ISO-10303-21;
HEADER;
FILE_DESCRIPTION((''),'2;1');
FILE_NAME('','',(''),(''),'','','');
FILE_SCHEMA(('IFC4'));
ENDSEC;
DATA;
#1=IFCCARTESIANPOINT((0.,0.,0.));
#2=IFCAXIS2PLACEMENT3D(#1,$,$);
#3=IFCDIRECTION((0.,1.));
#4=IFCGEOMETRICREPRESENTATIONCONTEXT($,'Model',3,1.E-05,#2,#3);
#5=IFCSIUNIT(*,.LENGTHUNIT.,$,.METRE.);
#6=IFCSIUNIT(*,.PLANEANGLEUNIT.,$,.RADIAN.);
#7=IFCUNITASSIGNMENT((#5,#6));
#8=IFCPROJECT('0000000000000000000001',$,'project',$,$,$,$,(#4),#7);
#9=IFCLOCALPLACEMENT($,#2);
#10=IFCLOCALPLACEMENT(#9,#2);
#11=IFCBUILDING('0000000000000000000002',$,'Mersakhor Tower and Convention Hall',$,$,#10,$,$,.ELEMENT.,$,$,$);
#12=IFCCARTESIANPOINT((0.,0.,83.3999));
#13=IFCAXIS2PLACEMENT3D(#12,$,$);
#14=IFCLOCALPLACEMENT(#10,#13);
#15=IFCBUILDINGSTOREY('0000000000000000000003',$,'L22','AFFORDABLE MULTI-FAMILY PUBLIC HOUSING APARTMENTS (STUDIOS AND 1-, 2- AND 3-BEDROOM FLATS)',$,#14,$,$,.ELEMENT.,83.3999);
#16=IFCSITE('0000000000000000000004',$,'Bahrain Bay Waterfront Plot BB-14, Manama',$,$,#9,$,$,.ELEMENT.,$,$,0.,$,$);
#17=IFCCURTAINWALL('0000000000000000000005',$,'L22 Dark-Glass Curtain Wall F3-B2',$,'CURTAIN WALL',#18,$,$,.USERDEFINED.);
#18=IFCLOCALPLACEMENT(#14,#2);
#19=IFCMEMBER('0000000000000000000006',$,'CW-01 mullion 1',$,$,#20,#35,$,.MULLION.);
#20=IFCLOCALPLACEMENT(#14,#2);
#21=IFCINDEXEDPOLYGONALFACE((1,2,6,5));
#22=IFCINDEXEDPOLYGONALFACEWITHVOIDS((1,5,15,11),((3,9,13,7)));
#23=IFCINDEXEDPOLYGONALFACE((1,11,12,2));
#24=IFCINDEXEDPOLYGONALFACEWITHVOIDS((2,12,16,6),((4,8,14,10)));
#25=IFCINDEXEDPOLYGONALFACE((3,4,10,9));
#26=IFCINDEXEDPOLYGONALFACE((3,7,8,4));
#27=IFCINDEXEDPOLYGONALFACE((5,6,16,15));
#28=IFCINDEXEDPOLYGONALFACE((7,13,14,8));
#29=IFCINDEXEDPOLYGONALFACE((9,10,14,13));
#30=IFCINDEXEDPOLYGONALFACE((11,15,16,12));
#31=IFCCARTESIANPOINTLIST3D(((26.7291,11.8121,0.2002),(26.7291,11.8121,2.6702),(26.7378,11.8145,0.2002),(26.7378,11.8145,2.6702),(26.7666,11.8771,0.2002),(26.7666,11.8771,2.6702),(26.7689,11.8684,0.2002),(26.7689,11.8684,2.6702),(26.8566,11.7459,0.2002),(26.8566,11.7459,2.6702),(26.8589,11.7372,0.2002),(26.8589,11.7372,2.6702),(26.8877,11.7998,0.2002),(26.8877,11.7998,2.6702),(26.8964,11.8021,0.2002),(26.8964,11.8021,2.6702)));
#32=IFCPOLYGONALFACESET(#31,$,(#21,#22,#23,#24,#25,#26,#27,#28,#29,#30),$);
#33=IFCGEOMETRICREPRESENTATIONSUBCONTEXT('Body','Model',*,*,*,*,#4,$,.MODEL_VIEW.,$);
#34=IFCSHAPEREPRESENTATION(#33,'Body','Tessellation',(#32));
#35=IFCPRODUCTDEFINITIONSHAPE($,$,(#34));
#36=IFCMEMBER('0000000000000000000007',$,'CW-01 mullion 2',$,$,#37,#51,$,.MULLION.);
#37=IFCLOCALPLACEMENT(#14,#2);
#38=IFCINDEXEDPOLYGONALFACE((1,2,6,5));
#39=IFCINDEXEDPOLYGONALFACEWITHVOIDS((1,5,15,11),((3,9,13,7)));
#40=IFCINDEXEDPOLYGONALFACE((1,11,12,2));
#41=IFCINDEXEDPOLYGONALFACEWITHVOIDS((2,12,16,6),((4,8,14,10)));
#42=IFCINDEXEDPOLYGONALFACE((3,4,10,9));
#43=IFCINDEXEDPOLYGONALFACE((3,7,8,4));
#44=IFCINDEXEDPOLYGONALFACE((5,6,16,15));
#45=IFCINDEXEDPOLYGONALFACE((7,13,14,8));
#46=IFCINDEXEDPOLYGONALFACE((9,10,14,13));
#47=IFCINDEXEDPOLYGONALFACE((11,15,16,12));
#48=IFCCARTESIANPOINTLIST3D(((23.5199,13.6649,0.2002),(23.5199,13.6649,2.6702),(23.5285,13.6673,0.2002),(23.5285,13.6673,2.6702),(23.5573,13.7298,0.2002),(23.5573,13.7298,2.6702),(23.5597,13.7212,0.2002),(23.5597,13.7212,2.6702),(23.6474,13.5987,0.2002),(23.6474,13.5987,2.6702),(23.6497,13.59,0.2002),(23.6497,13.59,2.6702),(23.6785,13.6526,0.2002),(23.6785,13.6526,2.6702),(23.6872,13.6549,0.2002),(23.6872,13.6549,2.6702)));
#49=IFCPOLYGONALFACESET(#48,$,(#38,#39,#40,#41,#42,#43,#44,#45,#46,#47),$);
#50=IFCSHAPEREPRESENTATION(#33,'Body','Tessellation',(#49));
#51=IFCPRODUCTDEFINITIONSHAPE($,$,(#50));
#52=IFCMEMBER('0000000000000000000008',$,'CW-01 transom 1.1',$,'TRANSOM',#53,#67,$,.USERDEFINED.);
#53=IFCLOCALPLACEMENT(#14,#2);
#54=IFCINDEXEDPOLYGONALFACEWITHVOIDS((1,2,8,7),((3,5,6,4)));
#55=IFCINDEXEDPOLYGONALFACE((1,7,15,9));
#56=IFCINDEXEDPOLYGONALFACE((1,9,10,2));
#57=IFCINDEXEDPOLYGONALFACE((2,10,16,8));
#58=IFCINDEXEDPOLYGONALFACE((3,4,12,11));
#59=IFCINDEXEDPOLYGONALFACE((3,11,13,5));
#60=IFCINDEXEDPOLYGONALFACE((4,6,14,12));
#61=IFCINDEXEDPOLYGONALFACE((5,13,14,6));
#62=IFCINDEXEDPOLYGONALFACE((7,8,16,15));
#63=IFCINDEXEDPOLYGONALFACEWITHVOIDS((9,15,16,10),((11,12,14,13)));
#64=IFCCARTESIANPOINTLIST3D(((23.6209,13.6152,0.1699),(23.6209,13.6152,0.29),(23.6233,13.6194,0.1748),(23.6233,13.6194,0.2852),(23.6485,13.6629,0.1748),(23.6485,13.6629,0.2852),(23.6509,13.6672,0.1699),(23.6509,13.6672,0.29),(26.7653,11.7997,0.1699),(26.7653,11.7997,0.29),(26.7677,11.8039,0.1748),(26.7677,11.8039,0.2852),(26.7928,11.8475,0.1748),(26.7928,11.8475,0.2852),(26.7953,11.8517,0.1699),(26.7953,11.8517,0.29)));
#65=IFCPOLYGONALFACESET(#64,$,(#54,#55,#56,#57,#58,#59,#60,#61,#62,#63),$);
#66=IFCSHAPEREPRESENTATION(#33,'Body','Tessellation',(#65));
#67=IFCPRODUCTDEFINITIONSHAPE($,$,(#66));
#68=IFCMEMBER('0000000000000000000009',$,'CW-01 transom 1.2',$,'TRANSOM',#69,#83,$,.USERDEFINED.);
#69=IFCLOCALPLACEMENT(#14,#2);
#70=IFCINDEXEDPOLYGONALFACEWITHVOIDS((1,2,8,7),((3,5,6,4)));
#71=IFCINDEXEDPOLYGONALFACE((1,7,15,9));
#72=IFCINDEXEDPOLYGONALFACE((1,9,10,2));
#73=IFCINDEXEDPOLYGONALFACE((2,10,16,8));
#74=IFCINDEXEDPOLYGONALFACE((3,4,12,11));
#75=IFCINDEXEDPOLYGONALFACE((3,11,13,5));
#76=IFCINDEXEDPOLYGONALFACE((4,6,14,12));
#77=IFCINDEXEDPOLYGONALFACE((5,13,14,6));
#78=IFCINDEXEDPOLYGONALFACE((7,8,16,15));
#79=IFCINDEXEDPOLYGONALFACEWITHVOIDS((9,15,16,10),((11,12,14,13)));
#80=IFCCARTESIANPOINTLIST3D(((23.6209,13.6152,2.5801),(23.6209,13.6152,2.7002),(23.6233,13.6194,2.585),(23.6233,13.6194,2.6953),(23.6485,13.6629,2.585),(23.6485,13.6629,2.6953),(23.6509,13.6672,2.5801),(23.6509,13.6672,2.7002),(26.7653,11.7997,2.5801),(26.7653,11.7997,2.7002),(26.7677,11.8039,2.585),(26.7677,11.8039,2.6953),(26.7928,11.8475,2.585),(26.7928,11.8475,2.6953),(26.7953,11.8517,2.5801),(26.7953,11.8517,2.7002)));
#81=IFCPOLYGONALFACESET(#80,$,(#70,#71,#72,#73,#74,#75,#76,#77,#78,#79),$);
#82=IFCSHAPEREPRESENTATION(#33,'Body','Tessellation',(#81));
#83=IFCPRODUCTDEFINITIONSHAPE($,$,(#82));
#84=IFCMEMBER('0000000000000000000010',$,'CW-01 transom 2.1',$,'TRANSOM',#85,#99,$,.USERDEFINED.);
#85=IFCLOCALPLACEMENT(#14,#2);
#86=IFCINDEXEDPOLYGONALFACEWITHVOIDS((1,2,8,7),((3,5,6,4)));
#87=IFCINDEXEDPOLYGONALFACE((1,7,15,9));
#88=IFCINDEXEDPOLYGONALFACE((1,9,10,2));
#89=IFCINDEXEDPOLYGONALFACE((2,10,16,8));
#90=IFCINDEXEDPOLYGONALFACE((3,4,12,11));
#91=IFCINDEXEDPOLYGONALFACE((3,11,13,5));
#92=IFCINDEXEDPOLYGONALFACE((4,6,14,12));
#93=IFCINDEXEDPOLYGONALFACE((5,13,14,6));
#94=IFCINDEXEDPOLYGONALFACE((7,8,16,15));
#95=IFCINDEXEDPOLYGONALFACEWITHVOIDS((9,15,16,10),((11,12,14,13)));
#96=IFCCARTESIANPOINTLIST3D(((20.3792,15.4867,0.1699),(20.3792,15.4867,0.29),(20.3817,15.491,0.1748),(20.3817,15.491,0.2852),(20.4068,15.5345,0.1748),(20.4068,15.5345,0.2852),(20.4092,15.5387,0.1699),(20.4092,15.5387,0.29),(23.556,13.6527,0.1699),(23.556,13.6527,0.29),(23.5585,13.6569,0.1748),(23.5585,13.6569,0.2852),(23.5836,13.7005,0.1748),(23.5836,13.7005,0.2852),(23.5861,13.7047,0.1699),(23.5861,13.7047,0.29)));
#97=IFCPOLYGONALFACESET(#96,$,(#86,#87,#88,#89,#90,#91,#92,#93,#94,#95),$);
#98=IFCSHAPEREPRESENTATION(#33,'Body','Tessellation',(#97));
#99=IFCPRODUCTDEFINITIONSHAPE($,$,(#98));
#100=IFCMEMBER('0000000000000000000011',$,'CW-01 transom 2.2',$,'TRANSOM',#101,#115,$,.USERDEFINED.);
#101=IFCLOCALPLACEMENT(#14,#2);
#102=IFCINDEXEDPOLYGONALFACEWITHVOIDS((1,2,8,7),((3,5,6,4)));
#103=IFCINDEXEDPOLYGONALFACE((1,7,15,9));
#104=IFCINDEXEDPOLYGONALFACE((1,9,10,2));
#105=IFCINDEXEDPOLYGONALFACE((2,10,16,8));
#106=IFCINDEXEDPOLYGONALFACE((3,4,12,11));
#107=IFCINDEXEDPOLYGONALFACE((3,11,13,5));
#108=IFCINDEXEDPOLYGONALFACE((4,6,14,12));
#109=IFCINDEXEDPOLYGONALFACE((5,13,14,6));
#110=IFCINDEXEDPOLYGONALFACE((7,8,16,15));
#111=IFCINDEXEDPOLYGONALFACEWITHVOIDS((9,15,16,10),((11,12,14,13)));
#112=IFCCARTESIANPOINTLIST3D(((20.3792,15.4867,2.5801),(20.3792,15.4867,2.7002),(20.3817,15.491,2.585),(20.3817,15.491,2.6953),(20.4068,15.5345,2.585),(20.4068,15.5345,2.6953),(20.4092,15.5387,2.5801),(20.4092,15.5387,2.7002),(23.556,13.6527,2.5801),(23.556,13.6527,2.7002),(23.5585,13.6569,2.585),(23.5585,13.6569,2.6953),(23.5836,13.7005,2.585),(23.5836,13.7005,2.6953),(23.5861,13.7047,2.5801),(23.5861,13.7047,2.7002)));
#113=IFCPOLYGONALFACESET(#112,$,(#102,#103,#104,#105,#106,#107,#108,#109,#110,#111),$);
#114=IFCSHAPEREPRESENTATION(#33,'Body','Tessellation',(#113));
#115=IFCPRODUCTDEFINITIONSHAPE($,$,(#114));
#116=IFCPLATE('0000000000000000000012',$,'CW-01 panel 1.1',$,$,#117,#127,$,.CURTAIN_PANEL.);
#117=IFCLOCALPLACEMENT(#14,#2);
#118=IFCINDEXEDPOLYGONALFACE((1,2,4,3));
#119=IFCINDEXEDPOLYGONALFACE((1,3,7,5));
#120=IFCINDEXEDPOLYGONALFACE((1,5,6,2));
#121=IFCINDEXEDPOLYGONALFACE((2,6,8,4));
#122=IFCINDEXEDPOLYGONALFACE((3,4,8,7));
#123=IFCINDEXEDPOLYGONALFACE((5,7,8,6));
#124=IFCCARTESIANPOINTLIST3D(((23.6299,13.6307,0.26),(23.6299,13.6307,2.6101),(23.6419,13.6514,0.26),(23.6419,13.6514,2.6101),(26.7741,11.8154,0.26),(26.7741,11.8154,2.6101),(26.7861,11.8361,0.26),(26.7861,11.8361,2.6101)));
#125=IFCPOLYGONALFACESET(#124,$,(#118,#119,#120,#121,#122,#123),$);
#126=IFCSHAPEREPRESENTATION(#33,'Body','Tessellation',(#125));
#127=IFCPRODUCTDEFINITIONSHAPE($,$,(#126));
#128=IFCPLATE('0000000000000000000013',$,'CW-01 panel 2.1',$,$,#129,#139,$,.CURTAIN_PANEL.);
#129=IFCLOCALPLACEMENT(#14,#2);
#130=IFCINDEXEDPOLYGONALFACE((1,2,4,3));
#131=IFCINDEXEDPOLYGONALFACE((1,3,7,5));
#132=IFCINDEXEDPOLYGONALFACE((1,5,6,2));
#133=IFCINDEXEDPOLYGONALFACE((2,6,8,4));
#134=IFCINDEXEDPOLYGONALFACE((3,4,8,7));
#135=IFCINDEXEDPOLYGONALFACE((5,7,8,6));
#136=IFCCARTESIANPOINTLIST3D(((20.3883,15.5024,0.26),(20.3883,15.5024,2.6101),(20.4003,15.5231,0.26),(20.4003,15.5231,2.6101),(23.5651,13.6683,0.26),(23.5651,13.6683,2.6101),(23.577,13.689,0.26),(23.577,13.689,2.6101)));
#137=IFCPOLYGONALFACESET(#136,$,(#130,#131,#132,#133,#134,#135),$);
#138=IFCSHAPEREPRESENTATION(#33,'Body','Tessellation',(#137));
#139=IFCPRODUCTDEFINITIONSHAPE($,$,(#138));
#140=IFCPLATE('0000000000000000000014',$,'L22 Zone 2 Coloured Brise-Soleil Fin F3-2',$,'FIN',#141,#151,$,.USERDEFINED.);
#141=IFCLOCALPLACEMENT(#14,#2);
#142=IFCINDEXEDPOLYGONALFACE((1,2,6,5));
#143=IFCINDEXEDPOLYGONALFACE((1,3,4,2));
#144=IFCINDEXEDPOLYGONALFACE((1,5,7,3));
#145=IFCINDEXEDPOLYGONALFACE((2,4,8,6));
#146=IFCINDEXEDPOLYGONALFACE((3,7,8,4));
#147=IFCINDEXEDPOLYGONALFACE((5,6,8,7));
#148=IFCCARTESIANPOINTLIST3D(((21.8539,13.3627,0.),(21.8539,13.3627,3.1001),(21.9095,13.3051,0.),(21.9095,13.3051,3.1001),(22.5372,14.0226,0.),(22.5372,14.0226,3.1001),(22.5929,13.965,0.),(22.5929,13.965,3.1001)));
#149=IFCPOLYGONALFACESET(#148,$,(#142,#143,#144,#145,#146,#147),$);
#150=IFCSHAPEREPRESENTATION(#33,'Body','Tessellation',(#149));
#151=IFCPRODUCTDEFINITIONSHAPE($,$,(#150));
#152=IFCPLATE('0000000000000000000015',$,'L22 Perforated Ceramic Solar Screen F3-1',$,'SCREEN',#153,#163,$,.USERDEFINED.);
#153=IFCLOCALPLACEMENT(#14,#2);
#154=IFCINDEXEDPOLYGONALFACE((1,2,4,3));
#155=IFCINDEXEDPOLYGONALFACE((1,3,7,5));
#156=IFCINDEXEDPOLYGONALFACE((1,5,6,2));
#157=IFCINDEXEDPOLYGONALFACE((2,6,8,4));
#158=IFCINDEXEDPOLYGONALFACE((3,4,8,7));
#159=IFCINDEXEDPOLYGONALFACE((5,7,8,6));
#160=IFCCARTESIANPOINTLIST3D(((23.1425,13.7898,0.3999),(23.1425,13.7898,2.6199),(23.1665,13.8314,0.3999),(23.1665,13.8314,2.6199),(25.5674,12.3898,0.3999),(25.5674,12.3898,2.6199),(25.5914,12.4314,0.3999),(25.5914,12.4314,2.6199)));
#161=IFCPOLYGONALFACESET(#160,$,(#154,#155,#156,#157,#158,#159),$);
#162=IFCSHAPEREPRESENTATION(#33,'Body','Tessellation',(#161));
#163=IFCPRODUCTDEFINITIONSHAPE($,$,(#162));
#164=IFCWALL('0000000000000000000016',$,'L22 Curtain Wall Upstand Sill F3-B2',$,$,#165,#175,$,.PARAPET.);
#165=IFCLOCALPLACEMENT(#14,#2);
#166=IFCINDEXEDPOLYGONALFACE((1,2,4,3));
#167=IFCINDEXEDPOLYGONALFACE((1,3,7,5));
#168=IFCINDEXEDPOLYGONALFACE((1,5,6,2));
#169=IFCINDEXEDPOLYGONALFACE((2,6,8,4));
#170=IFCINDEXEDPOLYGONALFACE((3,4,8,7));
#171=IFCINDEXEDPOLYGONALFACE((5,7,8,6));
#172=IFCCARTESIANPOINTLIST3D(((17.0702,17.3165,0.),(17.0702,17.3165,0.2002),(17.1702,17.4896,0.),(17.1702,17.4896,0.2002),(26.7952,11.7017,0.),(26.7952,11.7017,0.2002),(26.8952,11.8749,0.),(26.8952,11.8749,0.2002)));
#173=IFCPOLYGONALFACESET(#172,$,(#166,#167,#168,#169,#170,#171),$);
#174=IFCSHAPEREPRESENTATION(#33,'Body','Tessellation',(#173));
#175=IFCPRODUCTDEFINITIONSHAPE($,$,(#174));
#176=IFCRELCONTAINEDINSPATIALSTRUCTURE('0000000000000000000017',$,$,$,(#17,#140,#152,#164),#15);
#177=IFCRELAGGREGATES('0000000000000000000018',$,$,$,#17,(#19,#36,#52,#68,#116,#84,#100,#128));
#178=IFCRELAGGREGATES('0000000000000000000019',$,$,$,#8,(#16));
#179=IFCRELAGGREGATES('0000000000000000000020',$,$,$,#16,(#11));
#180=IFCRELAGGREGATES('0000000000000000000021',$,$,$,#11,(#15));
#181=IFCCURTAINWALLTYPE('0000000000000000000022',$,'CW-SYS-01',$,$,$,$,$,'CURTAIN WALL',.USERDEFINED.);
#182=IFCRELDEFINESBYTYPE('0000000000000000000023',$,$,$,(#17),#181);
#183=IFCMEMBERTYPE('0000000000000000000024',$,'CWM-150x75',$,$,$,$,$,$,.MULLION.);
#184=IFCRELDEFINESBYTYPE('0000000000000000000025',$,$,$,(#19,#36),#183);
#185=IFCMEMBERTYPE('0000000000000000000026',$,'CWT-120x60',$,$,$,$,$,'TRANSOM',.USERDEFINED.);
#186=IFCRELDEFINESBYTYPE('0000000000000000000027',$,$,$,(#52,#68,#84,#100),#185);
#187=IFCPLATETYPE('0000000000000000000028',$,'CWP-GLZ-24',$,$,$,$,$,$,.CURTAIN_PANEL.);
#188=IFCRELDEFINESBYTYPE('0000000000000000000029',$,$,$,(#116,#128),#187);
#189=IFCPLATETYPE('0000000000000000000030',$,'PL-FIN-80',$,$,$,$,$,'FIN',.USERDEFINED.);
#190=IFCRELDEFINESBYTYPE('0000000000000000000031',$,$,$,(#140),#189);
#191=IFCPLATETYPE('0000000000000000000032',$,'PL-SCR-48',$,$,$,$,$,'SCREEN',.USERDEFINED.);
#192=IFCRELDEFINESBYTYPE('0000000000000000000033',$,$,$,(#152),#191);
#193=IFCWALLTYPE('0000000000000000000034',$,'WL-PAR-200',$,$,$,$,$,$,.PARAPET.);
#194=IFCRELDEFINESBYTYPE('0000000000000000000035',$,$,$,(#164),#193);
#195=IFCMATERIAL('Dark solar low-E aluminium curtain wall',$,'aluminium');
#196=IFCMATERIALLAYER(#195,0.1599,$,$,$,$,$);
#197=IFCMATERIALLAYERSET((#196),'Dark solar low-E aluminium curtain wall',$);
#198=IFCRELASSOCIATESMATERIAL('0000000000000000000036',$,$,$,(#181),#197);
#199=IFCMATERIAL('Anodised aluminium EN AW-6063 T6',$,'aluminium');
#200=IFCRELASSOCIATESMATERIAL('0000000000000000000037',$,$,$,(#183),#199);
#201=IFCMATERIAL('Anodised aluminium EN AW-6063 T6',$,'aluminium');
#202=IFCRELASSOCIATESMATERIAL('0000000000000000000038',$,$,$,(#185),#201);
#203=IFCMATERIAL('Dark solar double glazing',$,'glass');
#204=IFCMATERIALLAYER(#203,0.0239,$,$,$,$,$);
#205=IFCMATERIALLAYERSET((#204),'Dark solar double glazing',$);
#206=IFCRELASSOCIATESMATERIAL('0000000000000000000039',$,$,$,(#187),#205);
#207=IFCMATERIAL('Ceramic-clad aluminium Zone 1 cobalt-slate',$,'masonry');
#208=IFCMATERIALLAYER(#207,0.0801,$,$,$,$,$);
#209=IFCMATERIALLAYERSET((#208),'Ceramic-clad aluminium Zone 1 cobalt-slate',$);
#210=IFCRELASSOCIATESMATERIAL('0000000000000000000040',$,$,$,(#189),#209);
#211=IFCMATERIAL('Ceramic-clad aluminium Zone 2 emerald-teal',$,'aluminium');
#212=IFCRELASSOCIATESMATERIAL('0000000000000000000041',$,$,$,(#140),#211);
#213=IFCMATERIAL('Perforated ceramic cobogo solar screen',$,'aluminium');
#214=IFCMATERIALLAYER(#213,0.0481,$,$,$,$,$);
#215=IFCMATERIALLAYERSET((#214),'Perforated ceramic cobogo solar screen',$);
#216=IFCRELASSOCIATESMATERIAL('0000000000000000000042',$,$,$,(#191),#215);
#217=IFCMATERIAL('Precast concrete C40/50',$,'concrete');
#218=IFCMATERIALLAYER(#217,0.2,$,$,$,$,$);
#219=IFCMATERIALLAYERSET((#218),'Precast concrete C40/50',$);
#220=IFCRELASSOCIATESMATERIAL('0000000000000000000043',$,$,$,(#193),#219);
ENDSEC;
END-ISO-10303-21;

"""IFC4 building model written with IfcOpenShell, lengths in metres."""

from ifc_helpers import new_model, si_unit, direction, frame, frame_2d, origin, origin_2d, place, context, subcontext, project, spatial, rectangle, hollow_rectangle, extrude, material, layer, layer_set, material_profile, profile_set, type_object, element, aggregate, save


model = new_model("IFC4")

# Units and contexts
model_context = context("Model", 3, precision=1e-05, world=origin(), true_north=direction((0.0, 1.0)))
body_context = subcontext(model_context, "Body", "Model", "MODEL_VIEW")
ifc_project = project(units=[si_unit("LENGTHUNIT", "METRE"), si_unit("PLANEANGLEUNIT", "RADIAN")], contexts=[model_context])

# Site, building, storey
site_placement = place(None, origin())
site = spatial("IfcSite", under=ifc_project, at=site_placement, Name="Bahrain Bay Waterfront Plot BB-14, Manama", CompositionType="ELEMENT", RefElevation=0.0)
building_placement = place(site_placement, origin())
building = spatial("IfcBuilding", under=site, at=building_placement, Name="Mersakhor Tower and Convention Hall", CompositionType="ELEMENT")
storey_placement = place(building_placement, frame((0.0, 0.0, 83.3999)))
storey = spatial("IfcBuildingStorey", under=building, at=storey_placement, Name="L22", Description="AFFORDABLE MULTI-FAMILY PUBLIC HOUSING APARTMENTS (STUDIOS AND 1-, 2- AND 3-BEDROOM FLATS)", CompositionType="ELEMENT", Elevation=83.3999)

# Curtain wall, members, plates
ifc_material_1 = material(Name="Dark solar low-E aluminium curtain wall", Category="aluminium")
ifc_layer_1 = layer(ifc_material_1, 0.1599)
ifc_layer_set_1 = layer_set([ifc_layer_1], Name="Dark solar low-E aluminium curtain wall")
curtain_wall_type = type_object("IfcCurtainWallType", Name="CW-SYS-01", ElementType="CURTAIN WALL", PredefinedType="USERDEFINED", material=ifc_layer_set_1)
curtain_wall_placement = place(storey_placement, origin())
curtain_wall = element("IfcCurtainWall", 1, at=curtain_wall_placement, inside=storey, type_object=curtain_wall_type, Name="L22 Dark-Glass Curtain Wall F3-B2", ObjectType="CURTAIN WALL", PredefinedType="USERDEFINED")
ifc_material_2 = material(Name="Anodised aluminium EN AW-6063 T6", Category="aluminium")
ifc_material_profile_1 = material_profile(ifc_material_2, hollow_rectangle(XDim=0.075, YDim=0.1499, WallThickness=0.0063, at=origin_2d()), Name="RHS 150x75x6.3")
ifc_profile_set_1 = profile_set([ifc_material_profile_1], Name="Anodised aluminium EN AW-6063 T6")
member_type_1 = type_object("IfcMemberType", Name="CWM-150x75", PredefinedType="MULLION", material=ifc_profile_set_1)
member_1_placement = place(storey_placement, frame((26.8127, 11.8071, 0.2002), z_axis=(0.0, 0.0, 1.0), x_axis=(-0.499998, -0.866027, 0.0)))
member_1 = element("IfcMember", 2, at=member_1_placement, type_object=member_type_1, Name="CW-01 mullion 1", PredefinedType="MULLION", context=body_context, shape_type="SweptSolid", body=[
    extrude(hollow_rectangle(XDim=0.075, YDim=0.1499, WallThickness=0.0063, at=origin_2d()), origin(), (0.0, 0.0, 1.0), 2.47),
])
member_2_placement = place(storey_placement, frame((23.6035, 13.6599, 0.2002), z_axis=(0.0, 0.0, 1.0), x_axis=(-0.499998, -0.866027, 0.0)))
member_2 = element("IfcMember", 3, at=member_2_placement, type_object=member_type_1, Name="CW-01 mullion 2", PredefinedType="MULLION", context=body_context, shape_type="SweptSolid", body=[
    extrude(hollow_rectangle(XDim=0.075, YDim=0.1499, WallThickness=0.0063, at=origin_2d()), origin(), (0.0, 0.0, 1.0), 2.47),
])
ifc_material_3 = material(Name="Anodised aluminium EN AW-6063 T6", Category="aluminium")
ifc_material_profile_2 = material_profile(ifc_material_3, hollow_rectangle(XDim=0.0601, YDim=0.1201, WallThickness=0.0049, at=origin_2d()), Name="RHS 120x60x5")
ifc_profile_set_2 = profile_set([ifc_material_profile_2], Name="Anodised aluminium EN AW-6063 T6")
member_type_2 = type_object("IfcMemberType", Name="CWT-120x60", ElementType="TRANSOM", PredefinedType="USERDEFINED", material=ifc_profile_set_2)
member_3_placement = place(storey_placement, frame((26.7803, 11.8257, 0.23), z_axis=(-0.866016, 0.500015, 0.0), x_axis=(-0.500015, -0.866016, 0.0)))
member_3 = element("IfcMember", 4, at=member_3_placement, type_object=member_type_2, Name="CW-01 transom 1.1", ObjectType="TRANSOM", PredefinedType="USERDEFINED", context=body_context, shape_type="SweptSolid", body=[
    extrude(hollow_rectangle(XDim=0.0601, YDim=0.1201, WallThickness=0.0049, at=origin_2d()), origin(), (0.0, 0.0, 1.0), 3.6309),
])
member_4_placement = place(storey_placement, frame((26.7803, 11.8257, 2.6401), z_axis=(-0.866016, 0.500015, 0.0), x_axis=(-0.500015, -0.866016, 0.0)))
member_4 = element("IfcMember", 5, at=member_4_placement, type_object=member_type_2, Name="CW-01 transom 1.2", ObjectType="TRANSOM", PredefinedType="USERDEFINED", context=body_context, shape_type="SweptSolid", body=[
    extrude(hollow_rectangle(XDim=0.0601, YDim=0.1201, WallThickness=0.0049, at=origin_2d()), origin(), (0.0, 0.0, 1.0), 3.6309),
])
member_5_placement = place(storey_placement, frame((23.571, 13.6787, 0.23), z_axis=(-0.866039, 0.499976, 0.0), x_axis=(-0.499976, -0.866039, 0.0)))
member_5 = element("IfcMember", 6, at=member_5_placement, type_object=member_type_2, Name="CW-01 transom 2.1", ObjectType="TRANSOM", PredefinedType="USERDEFINED", context=body_context, shape_type="SweptSolid", body=[
    extrude(hollow_rectangle(XDim=0.0601, YDim=0.1201, WallThickness=0.0049, at=origin_2d()), origin(), (0.0, 0.0, 1.0), 3.6682),
])
member_6_placement = place(storey_placement, frame((23.571, 13.6787, 2.6401), z_axis=(-0.866039, 0.499976, 0.0), x_axis=(-0.499976, -0.866039, 0.0)))
member_6 = element("IfcMember", 7, at=member_6_placement, type_object=member_type_2, Name="CW-01 transom 2.2", ObjectType="TRANSOM", PredefinedType="USERDEFINED", context=body_context, shape_type="SweptSolid", body=[
    extrude(hollow_rectangle(XDim=0.0601, YDim=0.1201, WallThickness=0.0049, at=origin_2d()), origin(), (0.0, 0.0, 1.0), 3.6682),
])
ifc_material_4 = material(Name="Dark solar double glazing", Category="glass")
ifc_layer_2 = layer(ifc_material_4, 0.0239)
ifc_layer_set_2 = layer_set([ifc_layer_2], Name="Dark solar double glazing")
plate_type_1 = type_object("IfcPlateType", Name="CWP-GLZ-24", PredefinedType="CURTAIN_PANEL", material=ifc_layer_set_2)
plate_1_placement = place(storey_placement, frame((25.208, 12.7334, 0.26), z_axis=(0.0, 0.0, 1.0), x_axis=(-0.866027, 0.499998, 0.0)))
plate_1 = element("IfcPlate", 8, at=plate_1_placement, type_object=plate_type_1, Name="CW-01 panel 1.1", PredefinedType="CURTAIN_PANEL", context=body_context, shape_type="SweptSolid", body=[
    extrude(rectangle(XDim=3.6306, YDim=0.0239, at=origin_2d()), origin(), (0.0, 0.0, 1.0), 2.3501),
])
plate_2_placement = place(storey_placement, frame((21.9827, 14.5957, 0.26), z_axis=(0.0, 0.0, 1.0), x_axis=(-0.866027, 0.499998, 0.0)))
plate_2 = element("IfcPlate", 9, at=plate_2_placement, type_object=plate_type_1, Name="CW-01 panel 2.1", PredefinedType="CURTAIN_PANEL", context=body_context, shape_type="SweptSolid", body=[
    extrude(rectangle(XDim=3.6682, YDim=0.0239, at=origin_2d()), origin(), (0.0, 0.0, 1.0), 2.3501),
])
aggregate(curtain_wall, [member_1, member_2, member_3, member_4, plate_1, member_5, member_6, plate_2])

# Plates
ifc_material_5 = material(Name="Ceramic-clad aluminium Zone 2 emerald-teal", Category="aluminium")
ifc_material_6 = material(Name="Ceramic-clad aluminium Zone 1 cobalt-slate", Category="masonry")
ifc_layer_3 = layer(ifc_material_6, 0.0801)
ifc_layer_set_3 = layer_set([ifc_layer_3], Name="Ceramic-clad aluminium Zone 1 cobalt-slate")
plate_type_2 = type_object("IfcPlateType", Name="PL-FIN-80", ElementType="FIN", PredefinedType="USERDEFINED", material=ifc_layer_set_3)
plate_3_placement = place(storey_placement, frame((22.2234, 13.6638, 0.0), z_axis=(0.0, 0.0, 1.0), x_axis=(-0.71934, -0.694658, 0.0)))
element("IfcPlate", 10, at=plate_3_placement, inside=storey, type_object=plate_type_2, material=ifc_material_5, Name="L22 Zone 2 Coloured Brise-Soleil Fin F3-2", ObjectType="FIN", PredefinedType="USERDEFINED", context=body_context, shape_type="SweptSolid", body=[
    extrude(rectangle(XDim=0.95, YDim=0.0801, at=origin_2d()), origin(), (0.0, 0.0, 1.0), 3.1001),
])
ifc_material_7 = material(Name="Perforated ceramic cobogo solar screen", Category="aluminium")
ifc_layer_4 = layer(ifc_material_7, 0.0481)
ifc_layer_set_4 = layer_set([ifc_layer_4], Name="Perforated ceramic cobogo solar screen")
plate_type_3 = type_object("IfcPlateType", Name="PL-SCR-48", ElementType="SCREEN", PredefinedType="USERDEFINED", material=ifc_layer_set_4)
plate_4_placement = place(storey_placement, frame((24.3669, 13.1106, 0.3999), z_axis=(0.0, 0.0, 1.0), x_axis=(-0.866025, 0.5, 0.0)))
element("IfcPlate", 11, at=plate_4_placement, inside=storey, type_object=plate_type_3, Name="L22 Perforated Ceramic Solar Screen F3-1", ObjectType="SCREEN", PredefinedType="USERDEFINED", context=body_context, shape_type="SweptSolid", body=[
    extrude(rectangle(XDim=2.8, YDim=0.0481, at=origin_2d()), origin(), (0.0, 0.0, 1.0), 2.22),
])

# Wall
ifc_material_8 = material(Name="Precast concrete C40/50", Category="concrete")
ifc_layer_5 = layer(ifc_material_8, 0.2)
ifc_layer_set_5 = layer_set([ifc_layer_5], Name="Precast concrete C40/50")
wall_type_1 = type_object("IfcWallType", Name="WL-PAR-200", PredefinedType="PARAPET", material=ifc_layer_set_5)
wall_1_placement = place(storey_placement, frame((26.8452, 11.7883, 0.0), z_axis=(0.0, 0.0, 1.0), x_axis=(-0.866027, 0.499997, 0.0)))
element("IfcWall", 12, at=wall_1_placement, inside=storey, type_object=wall_type_1, Name="L22 Curtain Wall Upstand Sill F3-B2", PredefinedType="PARAPET", context=body_context, shape_type="SweptSolid", body=[
    extrude(rectangle(XDim=11.2295, YDim=0.2, at=frame_2d((5.6147, 0.0))), origin(), (0.0, 0.0, 1.0), 0.2002),
])

save(model, "model.ifc")
